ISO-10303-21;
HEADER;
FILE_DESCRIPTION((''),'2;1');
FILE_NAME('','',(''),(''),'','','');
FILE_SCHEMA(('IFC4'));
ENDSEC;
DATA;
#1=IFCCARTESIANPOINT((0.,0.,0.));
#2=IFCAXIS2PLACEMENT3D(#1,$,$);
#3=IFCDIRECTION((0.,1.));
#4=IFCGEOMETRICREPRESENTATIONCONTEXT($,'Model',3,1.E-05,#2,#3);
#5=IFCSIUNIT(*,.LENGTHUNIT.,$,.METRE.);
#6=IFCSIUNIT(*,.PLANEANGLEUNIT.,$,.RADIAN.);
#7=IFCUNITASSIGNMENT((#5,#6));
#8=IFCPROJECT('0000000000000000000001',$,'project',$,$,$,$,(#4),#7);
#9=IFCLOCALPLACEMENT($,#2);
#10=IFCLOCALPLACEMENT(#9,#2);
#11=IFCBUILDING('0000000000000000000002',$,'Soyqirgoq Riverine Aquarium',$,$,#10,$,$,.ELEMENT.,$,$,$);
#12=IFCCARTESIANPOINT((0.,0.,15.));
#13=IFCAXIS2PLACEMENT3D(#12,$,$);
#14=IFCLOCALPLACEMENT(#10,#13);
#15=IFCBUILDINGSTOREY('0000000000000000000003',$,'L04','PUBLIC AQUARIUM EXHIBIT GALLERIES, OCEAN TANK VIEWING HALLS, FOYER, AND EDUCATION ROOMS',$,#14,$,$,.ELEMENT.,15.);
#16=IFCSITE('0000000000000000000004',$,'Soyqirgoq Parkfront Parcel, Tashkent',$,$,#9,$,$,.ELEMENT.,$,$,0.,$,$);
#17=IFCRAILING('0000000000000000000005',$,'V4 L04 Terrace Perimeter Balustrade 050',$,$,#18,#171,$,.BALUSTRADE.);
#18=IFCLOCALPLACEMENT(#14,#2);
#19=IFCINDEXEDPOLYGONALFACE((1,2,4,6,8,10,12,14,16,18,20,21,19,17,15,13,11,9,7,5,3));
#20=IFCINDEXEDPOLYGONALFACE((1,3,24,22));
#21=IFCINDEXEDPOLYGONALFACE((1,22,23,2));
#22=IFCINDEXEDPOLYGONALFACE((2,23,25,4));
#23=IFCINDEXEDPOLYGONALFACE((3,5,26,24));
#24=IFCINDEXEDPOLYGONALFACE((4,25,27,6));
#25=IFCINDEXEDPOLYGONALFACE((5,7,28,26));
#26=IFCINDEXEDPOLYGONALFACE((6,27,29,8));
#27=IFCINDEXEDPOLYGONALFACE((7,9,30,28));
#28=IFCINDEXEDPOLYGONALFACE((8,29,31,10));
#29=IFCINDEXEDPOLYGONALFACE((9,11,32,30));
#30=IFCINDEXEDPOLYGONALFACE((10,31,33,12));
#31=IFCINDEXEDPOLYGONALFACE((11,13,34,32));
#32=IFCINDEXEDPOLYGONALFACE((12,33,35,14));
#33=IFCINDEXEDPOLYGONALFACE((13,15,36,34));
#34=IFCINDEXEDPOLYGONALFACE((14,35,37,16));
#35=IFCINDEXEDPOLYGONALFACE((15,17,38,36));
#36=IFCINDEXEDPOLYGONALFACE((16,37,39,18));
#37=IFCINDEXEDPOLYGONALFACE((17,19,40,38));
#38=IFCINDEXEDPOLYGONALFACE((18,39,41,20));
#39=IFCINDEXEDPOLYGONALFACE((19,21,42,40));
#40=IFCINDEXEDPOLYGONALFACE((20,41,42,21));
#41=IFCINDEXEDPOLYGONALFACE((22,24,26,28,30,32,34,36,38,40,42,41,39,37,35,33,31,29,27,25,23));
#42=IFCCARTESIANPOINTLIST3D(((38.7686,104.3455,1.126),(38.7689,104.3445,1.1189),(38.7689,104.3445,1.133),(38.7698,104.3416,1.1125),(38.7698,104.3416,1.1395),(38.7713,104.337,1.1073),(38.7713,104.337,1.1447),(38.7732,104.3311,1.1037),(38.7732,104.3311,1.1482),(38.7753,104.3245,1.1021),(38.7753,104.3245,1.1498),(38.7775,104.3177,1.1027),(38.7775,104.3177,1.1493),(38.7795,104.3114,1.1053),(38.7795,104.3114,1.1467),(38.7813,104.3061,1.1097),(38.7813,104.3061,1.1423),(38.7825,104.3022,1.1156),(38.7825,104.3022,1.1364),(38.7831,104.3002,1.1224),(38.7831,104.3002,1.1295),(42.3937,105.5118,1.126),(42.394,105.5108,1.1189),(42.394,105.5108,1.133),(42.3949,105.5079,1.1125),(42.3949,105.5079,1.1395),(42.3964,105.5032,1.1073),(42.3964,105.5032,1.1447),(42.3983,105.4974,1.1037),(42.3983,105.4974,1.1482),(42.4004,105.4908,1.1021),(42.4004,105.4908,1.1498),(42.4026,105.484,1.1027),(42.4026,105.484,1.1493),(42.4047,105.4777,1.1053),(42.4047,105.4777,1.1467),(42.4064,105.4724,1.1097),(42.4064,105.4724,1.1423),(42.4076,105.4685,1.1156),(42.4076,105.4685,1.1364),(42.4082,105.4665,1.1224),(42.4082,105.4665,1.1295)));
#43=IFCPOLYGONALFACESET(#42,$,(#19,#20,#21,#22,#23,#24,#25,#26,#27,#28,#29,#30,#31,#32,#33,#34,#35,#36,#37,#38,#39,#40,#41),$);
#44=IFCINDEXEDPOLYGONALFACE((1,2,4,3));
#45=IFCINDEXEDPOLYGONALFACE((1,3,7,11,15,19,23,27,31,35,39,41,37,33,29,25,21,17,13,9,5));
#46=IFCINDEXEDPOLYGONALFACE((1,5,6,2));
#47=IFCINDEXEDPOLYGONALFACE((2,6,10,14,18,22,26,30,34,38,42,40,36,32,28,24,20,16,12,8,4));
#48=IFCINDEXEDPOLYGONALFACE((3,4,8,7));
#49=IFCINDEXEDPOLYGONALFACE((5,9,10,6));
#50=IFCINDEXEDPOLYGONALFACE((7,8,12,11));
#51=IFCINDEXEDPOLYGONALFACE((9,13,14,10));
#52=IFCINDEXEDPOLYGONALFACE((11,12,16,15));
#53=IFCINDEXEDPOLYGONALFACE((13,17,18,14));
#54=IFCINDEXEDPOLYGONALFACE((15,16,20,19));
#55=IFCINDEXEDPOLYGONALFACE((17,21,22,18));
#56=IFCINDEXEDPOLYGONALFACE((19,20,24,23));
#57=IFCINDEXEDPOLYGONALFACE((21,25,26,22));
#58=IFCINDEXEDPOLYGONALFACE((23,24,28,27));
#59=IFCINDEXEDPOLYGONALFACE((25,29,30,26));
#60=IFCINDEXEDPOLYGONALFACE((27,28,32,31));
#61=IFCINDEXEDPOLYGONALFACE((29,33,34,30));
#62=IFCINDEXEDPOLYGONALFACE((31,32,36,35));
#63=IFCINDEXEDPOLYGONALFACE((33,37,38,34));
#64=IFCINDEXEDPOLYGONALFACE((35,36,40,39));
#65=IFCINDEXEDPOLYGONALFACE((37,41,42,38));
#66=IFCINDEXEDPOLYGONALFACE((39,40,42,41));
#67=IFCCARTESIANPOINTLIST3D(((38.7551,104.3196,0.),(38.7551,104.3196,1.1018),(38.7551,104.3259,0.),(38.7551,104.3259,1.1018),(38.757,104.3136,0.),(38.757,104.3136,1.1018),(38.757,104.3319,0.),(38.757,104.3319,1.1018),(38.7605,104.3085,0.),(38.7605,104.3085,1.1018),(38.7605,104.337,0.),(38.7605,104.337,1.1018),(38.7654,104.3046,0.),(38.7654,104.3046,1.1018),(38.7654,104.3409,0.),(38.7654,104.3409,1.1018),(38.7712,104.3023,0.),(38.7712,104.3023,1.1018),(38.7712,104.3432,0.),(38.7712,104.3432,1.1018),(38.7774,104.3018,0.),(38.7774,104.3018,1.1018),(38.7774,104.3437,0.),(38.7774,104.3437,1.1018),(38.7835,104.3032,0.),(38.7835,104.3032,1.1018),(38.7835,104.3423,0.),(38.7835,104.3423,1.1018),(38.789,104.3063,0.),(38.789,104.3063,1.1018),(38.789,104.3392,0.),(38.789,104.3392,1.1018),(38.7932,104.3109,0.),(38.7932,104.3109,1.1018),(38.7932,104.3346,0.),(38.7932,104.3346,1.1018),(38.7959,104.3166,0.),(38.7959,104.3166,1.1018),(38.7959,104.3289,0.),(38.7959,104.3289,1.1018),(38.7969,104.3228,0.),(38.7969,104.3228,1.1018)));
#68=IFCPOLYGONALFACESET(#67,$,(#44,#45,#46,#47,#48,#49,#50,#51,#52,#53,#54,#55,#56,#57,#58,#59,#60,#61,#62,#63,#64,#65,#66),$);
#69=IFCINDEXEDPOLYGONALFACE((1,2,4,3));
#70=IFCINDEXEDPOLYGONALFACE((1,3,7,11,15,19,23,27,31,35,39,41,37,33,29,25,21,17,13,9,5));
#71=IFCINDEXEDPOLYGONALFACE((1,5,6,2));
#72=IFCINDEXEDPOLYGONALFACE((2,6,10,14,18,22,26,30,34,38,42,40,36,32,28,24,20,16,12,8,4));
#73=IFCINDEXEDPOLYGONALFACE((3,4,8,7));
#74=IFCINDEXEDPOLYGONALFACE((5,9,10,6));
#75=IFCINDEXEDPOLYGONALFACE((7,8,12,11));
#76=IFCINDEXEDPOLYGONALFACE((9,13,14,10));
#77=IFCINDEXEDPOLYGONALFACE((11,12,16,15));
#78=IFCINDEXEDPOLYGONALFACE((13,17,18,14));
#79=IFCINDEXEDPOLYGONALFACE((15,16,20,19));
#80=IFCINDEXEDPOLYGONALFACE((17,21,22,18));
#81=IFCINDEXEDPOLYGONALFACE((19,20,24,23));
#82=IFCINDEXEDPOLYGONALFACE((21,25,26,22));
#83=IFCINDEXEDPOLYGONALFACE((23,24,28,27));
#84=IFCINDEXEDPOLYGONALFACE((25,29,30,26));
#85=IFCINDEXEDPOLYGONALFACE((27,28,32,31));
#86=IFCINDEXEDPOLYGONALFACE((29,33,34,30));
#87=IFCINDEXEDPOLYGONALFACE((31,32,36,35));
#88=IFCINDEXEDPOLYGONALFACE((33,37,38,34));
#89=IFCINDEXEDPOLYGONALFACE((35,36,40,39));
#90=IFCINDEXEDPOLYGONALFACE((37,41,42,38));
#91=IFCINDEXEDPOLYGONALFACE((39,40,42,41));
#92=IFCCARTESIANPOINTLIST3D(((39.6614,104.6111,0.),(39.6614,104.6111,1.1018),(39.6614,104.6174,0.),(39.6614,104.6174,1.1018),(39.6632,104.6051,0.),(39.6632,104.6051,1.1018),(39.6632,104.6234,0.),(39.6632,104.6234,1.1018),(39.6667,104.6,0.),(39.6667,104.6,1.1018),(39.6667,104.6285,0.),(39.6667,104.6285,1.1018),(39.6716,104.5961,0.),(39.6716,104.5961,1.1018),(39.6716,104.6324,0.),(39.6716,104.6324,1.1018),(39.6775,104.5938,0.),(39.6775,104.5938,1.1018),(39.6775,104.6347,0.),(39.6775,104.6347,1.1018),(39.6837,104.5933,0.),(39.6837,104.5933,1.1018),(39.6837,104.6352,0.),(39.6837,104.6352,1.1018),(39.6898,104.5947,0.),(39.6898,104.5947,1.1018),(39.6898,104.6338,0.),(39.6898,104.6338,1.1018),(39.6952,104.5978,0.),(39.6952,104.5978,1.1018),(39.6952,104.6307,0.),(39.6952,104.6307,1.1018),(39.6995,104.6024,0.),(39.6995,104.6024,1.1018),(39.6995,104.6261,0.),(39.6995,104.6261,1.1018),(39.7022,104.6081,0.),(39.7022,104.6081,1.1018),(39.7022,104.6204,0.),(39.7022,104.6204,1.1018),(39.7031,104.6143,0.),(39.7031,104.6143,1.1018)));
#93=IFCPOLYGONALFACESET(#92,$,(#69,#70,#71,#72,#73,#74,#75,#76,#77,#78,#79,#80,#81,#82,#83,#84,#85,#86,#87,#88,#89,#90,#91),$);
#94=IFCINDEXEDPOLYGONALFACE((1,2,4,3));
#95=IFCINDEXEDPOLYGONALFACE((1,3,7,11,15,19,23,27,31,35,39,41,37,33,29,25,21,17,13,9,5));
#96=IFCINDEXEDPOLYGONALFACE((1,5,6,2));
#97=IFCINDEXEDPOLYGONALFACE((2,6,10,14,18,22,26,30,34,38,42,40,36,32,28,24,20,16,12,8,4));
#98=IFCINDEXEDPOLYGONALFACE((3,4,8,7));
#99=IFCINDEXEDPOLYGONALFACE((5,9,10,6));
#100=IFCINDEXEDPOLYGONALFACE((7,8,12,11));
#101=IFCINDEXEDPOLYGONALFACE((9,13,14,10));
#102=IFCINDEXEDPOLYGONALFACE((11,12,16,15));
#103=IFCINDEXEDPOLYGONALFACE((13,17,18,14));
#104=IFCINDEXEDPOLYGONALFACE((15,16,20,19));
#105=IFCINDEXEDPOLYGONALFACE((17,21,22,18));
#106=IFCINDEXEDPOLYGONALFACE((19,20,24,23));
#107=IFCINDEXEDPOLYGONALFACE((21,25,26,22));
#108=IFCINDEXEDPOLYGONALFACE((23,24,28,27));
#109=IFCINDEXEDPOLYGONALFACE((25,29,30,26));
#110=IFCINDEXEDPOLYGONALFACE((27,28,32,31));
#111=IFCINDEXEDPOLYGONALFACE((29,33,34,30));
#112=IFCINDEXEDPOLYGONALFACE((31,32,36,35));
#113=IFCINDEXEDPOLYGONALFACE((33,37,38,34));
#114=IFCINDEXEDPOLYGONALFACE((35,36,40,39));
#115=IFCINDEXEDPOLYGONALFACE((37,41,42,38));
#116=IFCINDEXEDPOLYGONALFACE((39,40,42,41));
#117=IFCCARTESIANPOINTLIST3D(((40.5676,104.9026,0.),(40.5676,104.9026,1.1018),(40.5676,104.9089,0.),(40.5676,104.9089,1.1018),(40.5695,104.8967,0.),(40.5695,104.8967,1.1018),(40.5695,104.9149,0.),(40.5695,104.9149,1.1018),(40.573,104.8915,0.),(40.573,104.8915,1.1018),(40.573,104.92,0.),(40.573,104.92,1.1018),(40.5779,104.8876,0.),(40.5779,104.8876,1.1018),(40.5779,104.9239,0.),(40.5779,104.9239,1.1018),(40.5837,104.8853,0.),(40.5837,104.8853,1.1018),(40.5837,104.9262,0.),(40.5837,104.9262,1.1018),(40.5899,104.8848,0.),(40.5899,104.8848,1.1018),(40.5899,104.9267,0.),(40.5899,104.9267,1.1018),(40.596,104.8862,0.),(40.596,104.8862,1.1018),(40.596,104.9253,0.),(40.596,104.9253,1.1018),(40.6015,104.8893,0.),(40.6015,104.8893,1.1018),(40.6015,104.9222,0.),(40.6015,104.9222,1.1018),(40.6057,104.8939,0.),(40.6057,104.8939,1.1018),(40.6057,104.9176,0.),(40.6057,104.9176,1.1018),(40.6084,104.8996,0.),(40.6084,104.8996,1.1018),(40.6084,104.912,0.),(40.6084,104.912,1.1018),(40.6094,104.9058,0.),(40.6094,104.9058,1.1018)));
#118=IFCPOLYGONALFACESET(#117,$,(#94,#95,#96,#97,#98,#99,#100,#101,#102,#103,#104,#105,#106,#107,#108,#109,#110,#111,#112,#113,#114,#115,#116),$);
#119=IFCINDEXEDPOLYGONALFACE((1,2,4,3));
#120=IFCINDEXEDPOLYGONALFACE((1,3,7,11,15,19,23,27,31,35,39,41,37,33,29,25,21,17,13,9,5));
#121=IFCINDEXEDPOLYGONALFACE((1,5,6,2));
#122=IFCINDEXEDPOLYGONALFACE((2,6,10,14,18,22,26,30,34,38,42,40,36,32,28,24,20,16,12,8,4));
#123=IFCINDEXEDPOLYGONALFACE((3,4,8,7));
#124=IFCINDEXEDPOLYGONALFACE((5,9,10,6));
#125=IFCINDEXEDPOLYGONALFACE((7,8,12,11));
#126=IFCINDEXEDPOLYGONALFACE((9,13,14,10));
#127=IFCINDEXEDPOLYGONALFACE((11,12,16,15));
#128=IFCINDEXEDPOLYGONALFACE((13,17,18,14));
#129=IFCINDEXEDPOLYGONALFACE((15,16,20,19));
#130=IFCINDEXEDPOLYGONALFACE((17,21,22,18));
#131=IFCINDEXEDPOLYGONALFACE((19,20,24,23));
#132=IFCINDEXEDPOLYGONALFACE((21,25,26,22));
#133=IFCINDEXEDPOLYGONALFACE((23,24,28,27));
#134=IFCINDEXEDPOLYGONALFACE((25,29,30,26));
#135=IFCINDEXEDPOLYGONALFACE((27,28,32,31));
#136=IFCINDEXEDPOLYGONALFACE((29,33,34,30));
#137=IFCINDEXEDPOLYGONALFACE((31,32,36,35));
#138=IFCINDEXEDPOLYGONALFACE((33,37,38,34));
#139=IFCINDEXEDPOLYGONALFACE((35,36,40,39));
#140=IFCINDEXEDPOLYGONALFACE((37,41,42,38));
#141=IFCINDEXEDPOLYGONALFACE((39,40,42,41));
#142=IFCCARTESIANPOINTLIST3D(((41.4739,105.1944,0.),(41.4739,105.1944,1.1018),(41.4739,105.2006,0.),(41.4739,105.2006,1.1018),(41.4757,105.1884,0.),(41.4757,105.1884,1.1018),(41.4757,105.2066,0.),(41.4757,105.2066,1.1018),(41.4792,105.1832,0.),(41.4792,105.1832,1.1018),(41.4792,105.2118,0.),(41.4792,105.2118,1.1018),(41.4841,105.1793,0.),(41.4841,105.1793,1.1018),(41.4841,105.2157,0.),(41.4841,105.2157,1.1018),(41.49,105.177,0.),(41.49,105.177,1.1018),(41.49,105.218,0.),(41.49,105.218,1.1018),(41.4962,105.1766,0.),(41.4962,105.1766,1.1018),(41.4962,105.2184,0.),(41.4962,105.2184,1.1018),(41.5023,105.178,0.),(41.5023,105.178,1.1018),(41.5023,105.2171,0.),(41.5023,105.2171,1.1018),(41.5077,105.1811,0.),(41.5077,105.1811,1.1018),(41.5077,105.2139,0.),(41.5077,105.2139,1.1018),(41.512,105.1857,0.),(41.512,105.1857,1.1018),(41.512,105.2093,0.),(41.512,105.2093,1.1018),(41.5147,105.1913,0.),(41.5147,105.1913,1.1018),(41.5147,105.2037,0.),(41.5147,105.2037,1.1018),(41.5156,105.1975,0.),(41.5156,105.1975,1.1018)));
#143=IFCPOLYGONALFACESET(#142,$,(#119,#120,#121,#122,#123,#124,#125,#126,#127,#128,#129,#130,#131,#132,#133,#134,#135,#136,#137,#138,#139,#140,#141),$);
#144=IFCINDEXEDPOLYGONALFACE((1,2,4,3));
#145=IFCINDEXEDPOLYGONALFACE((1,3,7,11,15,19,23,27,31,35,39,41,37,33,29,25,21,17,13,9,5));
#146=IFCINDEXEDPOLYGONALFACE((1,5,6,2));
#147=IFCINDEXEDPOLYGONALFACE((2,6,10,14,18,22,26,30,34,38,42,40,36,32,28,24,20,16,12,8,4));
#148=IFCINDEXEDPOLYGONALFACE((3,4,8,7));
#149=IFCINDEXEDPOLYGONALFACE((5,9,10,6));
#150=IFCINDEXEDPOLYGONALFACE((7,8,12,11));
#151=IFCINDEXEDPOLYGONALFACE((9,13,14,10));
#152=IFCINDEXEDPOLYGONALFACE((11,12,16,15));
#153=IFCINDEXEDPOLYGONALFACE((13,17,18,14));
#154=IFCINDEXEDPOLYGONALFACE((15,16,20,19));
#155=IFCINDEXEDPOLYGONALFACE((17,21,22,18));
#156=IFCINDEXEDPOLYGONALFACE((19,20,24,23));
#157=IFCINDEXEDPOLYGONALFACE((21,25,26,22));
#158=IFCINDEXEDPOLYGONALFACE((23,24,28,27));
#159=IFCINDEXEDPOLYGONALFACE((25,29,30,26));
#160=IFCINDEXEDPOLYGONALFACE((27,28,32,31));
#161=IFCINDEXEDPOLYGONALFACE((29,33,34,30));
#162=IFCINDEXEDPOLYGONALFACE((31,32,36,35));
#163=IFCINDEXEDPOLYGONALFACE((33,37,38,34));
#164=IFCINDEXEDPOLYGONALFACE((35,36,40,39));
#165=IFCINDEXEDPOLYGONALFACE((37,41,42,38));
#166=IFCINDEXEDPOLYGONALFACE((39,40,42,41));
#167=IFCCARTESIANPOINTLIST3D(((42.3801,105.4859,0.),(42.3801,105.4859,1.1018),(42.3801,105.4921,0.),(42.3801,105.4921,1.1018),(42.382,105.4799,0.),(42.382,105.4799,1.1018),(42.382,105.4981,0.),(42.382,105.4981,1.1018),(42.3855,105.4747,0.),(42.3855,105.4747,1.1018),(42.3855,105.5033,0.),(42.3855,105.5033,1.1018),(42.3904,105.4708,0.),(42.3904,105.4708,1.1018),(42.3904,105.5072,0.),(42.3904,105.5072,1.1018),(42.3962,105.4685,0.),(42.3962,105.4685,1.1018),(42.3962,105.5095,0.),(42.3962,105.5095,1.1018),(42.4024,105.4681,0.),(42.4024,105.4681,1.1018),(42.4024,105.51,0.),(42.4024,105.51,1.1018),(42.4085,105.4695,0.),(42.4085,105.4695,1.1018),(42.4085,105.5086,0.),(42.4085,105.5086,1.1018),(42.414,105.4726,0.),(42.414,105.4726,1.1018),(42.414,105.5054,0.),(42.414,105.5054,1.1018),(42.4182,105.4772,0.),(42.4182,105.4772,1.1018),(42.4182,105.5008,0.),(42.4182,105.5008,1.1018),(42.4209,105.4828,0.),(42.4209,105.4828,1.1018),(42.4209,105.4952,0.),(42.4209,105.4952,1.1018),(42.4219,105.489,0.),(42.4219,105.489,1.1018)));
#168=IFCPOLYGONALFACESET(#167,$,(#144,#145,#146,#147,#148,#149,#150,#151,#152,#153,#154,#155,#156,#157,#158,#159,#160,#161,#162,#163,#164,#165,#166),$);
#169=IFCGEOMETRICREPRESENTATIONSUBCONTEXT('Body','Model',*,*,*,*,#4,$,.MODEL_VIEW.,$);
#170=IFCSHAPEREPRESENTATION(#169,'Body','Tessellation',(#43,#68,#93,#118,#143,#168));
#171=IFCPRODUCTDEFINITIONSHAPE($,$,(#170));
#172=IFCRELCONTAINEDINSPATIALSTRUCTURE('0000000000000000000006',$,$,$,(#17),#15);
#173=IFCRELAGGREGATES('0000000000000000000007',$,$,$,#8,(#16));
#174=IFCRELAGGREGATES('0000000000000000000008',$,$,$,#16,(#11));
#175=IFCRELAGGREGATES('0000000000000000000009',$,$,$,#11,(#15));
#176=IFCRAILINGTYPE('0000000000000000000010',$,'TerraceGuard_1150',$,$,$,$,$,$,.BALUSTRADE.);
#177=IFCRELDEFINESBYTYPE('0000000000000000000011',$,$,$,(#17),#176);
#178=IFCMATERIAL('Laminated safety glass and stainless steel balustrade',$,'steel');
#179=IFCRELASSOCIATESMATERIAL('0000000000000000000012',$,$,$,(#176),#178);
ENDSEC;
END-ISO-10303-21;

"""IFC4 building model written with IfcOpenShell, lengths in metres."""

from ifc_helpers import new_model, si_unit, direction, frame, origin, origin_2d, place, context, subcontext, project, spatial, circle, extrude, material, type_object, element, save


model = new_model("IFC4")

# Units and contexts
model_context = context("Model", 3, precision=1e-05, world=origin(), true_north=direction((0.0, 1.0)))
body_context = subcontext(model_context, "Body", "Model", "MODEL_VIEW")
ifc_project = project(units=[si_unit("LENGTHUNIT", "METRE"), si_unit("PLANEANGLEUNIT", "RADIAN")], contexts=[model_context])

# Site, building, storey
site_placement = place(None, origin())
site = spatial("IfcSite", under=ifc_project, at=site_placement, Name="Soyqirgoq Parkfront Parcel, Tashkent", CompositionType="ELEMENT", RefElevation=0.0)
building_placement = place(site_placement, origin())
building = spatial("IfcBuilding", under=site, at=building_placement, Name="Soyqirgoq Riverine Aquarium", CompositionType="ELEMENT")
storey_placement = place(building_placement, frame((0.0, 0.0, 15.0)))
storey = spatial("IfcBuildingStorey", under=building, at=storey_placement, Name="L04", Description="PUBLIC AQUARIUM EXHIBIT GALLERIES, OCEAN TANK VIEWING HALLS, FOYER, AND EDUCATION ROOMS", CompositionType="ELEMENT", Elevation=15.0)

# Railing
ifc_material_1 = material(Name="Laminated safety glass and stainless steel balustrade", Category="steel")
railing_type = type_object("IfcRailingType", Name="TerraceGuard_1150", PredefinedType="BALUSTRADE", material=ifc_material_1)
railing_1_placement = place(storey_placement, frame((38.7759, 104.3228, 0.0)))
element("IfcRailing", 1, at=railing_1_placement, inside=storey, type_object=railing_type, Name="V4 L04 Terrace Perimeter Balustrade 050", PredefinedType="BALUSTRADE", context=body_context, shape_type="SweptSolid", body=[
    extrude(circle(Radius=0.0239, at=origin_2d()), frame((0.0, 0.0, 1.126), z_axis=(0.951946, 0.306267, 0.0), x_axis=(-0.306267, 0.951946, 0.0)), (0.0, 0.0, 1.0), 3.8081),
    extrude(circle(Radius=0.021, at=origin_2d()), origin(), (0.0, 0.0, 1.0), 1.1018),
    extrude(circle(Radius=0.021, at=origin_2d()), frame((0.9062, 0.2915, 0.0)), (0.0, 0.0, 1.0), 1.1018),
    extrude(circle(Radius=0.021, at=origin_2d()), frame((1.8125, 0.583, 0.0)), (0.0, 0.0, 1.0), 1.1018),
    extrude(circle(Radius=0.021, at=origin_2d()), frame((2.7188, 0.8748, 0.0)), (0.0, 0.0, 1.0), 1.1018),
    extrude(circle(Radius=0.021, at=origin_2d()), frame((3.625, 1.1663, 0.0)), (0.0, 0.0, 1.0), 1.1018),
])

save(model, "model.ifc")
